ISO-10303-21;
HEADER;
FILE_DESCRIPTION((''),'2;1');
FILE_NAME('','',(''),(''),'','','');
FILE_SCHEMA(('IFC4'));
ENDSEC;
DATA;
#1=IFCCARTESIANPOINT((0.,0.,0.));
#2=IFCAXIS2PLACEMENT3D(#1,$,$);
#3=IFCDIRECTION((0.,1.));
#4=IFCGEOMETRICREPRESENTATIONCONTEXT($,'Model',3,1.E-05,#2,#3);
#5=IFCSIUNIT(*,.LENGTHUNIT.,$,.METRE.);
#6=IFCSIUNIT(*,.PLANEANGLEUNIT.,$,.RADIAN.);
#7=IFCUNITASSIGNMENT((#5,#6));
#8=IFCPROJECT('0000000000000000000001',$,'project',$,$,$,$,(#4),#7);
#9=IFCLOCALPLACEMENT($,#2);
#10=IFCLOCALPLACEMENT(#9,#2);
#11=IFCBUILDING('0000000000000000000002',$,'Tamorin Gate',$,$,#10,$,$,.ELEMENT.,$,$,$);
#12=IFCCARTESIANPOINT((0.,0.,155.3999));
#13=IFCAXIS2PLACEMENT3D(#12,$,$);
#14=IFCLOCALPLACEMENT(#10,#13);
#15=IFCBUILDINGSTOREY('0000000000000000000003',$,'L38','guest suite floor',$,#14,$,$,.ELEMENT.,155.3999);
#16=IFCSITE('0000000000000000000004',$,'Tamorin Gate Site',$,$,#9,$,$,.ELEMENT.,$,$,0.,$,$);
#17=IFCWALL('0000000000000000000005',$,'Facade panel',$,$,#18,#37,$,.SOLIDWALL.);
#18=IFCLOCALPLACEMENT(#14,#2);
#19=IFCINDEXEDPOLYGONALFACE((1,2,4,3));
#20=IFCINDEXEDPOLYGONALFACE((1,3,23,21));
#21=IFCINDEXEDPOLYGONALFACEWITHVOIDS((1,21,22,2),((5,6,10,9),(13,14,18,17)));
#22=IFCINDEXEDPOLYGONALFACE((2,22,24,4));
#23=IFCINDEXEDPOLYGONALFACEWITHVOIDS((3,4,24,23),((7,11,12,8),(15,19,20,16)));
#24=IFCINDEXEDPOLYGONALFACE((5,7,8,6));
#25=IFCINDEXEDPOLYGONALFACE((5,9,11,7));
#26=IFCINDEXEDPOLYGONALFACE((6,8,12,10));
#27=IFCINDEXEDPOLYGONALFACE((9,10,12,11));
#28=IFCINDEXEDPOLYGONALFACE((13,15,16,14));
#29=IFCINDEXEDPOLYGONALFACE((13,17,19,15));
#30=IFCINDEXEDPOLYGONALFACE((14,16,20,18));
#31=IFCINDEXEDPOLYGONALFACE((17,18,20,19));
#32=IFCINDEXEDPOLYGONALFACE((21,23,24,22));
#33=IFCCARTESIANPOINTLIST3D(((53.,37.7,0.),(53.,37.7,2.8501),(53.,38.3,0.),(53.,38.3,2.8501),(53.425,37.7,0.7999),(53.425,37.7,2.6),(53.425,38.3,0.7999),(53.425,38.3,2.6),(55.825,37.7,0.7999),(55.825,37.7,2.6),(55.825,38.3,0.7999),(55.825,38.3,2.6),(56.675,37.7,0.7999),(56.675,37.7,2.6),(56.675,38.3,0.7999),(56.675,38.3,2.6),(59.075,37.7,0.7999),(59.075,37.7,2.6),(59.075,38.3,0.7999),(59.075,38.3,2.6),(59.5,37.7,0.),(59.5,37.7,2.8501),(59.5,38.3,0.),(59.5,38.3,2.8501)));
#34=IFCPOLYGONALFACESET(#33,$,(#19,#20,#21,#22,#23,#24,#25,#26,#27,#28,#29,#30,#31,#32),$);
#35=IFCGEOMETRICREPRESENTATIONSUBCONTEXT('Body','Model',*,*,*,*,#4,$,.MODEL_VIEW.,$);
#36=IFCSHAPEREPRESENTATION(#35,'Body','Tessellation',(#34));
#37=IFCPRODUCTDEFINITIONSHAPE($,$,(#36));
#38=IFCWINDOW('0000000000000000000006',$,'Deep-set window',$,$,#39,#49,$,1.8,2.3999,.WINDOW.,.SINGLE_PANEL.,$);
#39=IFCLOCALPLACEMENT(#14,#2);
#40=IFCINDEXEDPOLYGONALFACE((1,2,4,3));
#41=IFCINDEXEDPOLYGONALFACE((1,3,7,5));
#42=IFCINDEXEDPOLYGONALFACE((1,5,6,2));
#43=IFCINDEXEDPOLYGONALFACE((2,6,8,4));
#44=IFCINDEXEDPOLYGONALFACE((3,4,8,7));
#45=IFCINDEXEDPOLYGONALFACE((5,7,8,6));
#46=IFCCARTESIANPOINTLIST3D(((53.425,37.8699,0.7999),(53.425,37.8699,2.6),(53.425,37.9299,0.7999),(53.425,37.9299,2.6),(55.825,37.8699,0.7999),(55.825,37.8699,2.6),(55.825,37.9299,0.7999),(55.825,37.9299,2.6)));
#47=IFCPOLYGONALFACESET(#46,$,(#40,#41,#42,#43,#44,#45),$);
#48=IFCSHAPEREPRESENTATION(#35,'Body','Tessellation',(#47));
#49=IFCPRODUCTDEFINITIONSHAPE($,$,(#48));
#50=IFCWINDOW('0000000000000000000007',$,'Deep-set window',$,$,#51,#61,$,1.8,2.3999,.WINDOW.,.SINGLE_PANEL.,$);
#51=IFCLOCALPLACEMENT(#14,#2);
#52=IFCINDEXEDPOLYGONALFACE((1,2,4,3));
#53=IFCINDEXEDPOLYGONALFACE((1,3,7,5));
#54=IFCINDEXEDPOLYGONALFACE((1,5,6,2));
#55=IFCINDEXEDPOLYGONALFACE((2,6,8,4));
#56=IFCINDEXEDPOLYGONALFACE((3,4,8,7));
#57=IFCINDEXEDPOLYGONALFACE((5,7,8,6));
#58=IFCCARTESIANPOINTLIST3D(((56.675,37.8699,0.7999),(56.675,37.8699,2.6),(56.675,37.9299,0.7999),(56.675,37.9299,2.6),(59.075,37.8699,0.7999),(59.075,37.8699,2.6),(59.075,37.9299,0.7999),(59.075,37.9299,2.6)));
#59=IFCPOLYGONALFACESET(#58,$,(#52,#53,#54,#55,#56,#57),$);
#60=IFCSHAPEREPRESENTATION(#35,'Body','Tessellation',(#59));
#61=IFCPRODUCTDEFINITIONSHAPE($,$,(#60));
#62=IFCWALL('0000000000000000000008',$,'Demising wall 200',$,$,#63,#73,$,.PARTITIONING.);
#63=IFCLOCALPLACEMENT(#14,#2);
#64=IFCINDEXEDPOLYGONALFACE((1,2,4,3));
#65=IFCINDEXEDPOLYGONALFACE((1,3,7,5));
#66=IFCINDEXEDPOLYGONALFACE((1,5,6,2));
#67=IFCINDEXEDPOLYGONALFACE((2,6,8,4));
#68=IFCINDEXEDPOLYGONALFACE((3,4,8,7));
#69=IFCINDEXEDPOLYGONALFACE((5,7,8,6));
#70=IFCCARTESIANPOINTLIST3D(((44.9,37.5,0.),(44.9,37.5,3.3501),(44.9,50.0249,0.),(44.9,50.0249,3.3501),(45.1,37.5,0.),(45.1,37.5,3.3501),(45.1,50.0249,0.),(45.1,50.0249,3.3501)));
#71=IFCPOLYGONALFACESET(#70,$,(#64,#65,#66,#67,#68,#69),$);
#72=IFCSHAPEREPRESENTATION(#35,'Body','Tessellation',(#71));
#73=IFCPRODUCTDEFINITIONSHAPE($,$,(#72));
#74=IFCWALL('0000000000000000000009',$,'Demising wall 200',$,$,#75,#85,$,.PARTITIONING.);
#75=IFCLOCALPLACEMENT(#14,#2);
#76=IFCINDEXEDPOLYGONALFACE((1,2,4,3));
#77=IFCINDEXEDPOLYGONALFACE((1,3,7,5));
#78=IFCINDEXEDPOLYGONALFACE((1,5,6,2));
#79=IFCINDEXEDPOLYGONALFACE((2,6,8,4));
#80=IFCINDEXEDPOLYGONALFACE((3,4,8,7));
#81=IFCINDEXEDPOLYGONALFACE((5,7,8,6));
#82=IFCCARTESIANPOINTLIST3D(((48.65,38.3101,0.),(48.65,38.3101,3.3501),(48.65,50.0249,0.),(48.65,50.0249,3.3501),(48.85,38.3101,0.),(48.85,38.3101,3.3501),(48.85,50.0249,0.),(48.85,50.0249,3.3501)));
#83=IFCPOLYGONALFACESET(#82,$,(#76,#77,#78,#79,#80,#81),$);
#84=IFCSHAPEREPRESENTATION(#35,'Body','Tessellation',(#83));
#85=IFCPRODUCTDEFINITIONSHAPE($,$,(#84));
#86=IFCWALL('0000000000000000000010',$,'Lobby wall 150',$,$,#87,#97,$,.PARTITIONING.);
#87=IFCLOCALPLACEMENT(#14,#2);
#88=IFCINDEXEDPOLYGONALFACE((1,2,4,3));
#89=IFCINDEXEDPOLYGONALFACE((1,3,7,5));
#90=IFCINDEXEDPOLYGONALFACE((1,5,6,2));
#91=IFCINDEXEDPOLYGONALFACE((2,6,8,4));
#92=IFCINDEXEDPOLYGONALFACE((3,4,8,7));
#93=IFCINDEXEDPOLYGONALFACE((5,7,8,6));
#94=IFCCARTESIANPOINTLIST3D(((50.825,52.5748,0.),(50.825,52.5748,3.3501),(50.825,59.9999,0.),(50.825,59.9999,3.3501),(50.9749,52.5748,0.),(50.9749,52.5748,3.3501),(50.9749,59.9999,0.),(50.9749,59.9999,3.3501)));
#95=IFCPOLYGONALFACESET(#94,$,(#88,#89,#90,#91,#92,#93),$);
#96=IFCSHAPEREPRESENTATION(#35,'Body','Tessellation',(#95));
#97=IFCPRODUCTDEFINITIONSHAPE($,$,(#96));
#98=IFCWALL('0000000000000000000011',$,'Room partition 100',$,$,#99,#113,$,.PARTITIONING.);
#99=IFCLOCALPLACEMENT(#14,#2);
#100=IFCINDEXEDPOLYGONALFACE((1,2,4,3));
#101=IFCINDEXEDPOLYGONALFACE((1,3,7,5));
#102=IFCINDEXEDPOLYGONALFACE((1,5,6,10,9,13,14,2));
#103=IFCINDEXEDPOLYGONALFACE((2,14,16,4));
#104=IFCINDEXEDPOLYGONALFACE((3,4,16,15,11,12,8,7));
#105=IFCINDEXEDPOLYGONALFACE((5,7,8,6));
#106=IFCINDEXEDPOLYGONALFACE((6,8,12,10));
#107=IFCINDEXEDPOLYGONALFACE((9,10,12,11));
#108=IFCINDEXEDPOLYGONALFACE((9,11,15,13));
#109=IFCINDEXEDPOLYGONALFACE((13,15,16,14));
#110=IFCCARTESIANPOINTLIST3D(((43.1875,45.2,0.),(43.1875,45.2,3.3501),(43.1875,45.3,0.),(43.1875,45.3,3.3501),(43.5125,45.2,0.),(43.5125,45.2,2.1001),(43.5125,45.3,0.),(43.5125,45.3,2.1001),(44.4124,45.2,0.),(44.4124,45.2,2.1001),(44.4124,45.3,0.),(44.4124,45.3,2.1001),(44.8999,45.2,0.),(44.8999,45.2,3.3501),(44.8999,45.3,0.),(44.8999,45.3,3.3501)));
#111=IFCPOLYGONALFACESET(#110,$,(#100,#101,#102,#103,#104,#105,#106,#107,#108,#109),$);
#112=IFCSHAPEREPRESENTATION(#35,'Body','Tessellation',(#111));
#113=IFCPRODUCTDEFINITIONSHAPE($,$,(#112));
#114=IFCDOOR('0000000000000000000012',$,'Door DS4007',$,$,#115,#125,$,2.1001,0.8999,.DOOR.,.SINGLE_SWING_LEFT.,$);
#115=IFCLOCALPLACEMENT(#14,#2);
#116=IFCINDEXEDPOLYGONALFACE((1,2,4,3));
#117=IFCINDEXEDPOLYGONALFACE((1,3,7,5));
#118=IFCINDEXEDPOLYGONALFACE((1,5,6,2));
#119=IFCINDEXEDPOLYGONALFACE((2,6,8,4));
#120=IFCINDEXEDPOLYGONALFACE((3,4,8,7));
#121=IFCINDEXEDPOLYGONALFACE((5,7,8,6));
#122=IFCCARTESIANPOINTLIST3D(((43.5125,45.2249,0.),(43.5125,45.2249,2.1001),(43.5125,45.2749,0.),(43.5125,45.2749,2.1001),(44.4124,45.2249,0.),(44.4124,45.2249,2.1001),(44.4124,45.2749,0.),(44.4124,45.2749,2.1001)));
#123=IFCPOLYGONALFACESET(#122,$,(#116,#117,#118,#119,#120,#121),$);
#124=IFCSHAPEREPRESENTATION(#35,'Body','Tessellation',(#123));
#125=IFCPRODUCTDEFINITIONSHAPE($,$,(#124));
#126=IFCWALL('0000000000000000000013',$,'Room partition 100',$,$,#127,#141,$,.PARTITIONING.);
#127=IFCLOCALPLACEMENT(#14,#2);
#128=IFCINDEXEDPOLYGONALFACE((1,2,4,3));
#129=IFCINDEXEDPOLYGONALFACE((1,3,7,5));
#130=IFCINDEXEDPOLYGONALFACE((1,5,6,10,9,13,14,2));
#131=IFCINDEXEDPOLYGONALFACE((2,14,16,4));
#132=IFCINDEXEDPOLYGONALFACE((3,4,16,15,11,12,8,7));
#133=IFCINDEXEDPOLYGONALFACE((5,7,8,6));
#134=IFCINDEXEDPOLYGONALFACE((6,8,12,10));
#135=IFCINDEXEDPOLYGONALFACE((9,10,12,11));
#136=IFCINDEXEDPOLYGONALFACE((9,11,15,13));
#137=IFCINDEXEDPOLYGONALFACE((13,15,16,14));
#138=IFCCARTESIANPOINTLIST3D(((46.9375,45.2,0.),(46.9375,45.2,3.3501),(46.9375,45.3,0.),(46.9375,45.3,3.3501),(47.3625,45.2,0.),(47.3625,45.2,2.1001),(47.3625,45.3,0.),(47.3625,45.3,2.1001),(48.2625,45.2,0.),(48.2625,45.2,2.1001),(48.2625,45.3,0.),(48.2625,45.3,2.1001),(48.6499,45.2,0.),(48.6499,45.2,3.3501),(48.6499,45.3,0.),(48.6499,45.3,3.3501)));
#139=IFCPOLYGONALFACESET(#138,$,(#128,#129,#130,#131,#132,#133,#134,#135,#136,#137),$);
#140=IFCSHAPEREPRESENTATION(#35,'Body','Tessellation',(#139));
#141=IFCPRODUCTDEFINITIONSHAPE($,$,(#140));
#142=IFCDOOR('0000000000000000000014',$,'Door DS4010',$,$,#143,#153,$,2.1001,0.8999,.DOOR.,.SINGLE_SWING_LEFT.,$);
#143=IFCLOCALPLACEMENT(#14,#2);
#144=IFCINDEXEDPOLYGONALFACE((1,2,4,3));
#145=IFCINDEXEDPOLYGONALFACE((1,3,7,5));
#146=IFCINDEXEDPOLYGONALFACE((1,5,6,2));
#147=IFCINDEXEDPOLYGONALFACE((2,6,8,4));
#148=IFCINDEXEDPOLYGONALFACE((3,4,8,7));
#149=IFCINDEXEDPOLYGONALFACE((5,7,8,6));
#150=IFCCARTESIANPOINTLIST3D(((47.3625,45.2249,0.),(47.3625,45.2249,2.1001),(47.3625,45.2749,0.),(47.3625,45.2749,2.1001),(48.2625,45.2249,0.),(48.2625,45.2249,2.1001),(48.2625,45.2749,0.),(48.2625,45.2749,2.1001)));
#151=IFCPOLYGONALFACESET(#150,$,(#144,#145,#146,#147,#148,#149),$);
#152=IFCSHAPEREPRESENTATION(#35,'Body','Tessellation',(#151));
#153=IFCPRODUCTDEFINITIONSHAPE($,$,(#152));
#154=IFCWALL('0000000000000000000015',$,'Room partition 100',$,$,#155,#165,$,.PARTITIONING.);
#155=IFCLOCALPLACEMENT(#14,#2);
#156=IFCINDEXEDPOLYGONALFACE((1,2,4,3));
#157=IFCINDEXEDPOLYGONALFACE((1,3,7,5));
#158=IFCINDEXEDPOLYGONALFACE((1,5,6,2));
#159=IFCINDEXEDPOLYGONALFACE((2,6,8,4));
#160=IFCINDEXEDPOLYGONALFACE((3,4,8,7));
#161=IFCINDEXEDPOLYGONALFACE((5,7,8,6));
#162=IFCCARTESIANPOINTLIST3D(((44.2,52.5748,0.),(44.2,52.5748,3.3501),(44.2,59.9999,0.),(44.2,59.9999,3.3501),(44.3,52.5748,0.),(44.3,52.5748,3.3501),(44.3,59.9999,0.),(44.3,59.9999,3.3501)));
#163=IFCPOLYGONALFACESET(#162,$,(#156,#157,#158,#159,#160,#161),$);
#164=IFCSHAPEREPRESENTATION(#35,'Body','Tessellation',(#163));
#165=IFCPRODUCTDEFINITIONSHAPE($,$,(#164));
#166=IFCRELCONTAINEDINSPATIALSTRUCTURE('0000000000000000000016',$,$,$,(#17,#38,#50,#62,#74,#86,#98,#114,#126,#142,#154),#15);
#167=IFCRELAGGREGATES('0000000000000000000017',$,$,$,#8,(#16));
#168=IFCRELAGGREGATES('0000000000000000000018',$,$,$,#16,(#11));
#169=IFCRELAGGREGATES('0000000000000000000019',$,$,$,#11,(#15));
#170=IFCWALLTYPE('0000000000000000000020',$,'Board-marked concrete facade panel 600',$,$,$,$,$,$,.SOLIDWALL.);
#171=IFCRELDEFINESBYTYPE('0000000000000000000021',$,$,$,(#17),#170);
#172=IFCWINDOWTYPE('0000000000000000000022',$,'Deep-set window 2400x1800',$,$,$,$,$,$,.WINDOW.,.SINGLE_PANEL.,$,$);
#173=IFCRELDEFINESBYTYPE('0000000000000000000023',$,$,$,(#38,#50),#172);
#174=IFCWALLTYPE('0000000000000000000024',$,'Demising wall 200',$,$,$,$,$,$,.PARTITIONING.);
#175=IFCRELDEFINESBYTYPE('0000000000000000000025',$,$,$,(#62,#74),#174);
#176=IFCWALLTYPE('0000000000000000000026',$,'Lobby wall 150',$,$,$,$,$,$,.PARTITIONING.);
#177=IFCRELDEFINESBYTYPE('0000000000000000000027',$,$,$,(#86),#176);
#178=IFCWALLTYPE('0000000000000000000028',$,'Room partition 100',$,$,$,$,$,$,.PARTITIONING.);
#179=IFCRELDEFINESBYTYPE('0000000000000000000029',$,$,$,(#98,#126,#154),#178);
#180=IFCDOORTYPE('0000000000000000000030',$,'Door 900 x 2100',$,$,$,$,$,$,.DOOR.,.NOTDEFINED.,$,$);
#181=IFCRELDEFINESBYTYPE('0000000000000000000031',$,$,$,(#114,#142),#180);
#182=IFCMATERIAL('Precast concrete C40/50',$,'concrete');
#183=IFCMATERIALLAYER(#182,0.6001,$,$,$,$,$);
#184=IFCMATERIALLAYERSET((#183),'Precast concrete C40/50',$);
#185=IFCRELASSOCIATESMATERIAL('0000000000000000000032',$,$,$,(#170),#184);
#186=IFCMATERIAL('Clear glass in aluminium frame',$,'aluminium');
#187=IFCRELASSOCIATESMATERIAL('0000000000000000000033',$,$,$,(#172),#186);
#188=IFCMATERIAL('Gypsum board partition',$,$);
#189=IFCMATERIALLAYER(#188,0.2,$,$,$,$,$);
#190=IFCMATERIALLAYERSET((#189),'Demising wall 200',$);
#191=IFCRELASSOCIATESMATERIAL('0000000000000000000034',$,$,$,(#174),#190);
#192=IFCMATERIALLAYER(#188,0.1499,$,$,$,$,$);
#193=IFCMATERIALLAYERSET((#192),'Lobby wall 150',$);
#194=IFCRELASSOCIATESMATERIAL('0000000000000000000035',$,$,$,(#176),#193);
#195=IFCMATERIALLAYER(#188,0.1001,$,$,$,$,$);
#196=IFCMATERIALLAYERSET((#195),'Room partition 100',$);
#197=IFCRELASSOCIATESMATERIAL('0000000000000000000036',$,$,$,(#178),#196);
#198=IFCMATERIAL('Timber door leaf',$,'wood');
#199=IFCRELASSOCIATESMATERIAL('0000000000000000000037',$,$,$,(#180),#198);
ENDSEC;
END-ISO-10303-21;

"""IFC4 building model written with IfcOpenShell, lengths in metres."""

from ifc_helpers import new_model, si_unit, direction, frame, frame_2d, origin, place, context, subcontext, project, spatial, rectangle, extrude, material, layer, layer_set, type_object, element, fill, save


model = new_model("IFC4")

# Units and contexts
model_context = context("Model", 3, precision=1e-05, world=origin(), true_north=direction((0.0, 1.0)))
body_context = subcontext(model_context, "Body", "Model", "MODEL_VIEW")
ifc_project = project(units=[si_unit("LENGTHUNIT", "METRE"), si_unit("PLANEANGLEUNIT", "RADIAN")], contexts=[model_context])

# Site, building, storey
site_placement = place(None, origin())
site = spatial("IfcSite", under=ifc_project, at=site_placement, Name="Tamorin Gate Site", CompositionType="ELEMENT", RefElevation=0.0)
building_placement = place(site_placement, origin())
building = spatial("IfcBuilding", under=site, at=building_placement, Name="Tamorin Gate", CompositionType="ELEMENT")
storey_placement = place(building_placement, frame((0.0, 0.0, 155.3999)))
storey = spatial("IfcBuildingStorey", under=building, at=storey_placement, Name="L38", Description="guest suite floor", CompositionType="ELEMENT", Elevation=155.3999)

# Wall, openings, windows
ifc_material_1 = material(Name="Precast concrete C40/50", Category="concrete")
ifc_layer_1 = layer(ifc_material_1, 0.6001)
ifc_layer_set_1 = layer_set([ifc_layer_1], Name="Precast concrete C40/50")
wall_type_1 = type_object("IfcWallType", Name="Board-marked concrete facade panel 600", PredefinedType="SOLIDWALL", material=ifc_layer_set_1)
ifc_material_2 = material(Name="Clear glass in aluminium frame", Category="aluminium")
window_type = type_object("IfcWindowType", Name="Deep-set window 2400x1800", PartitioningType="SINGLE_PANEL", PredefinedType="WINDOW", material=ifc_material_2)
wall_1_placement = place(storey_placement, frame((53.0, 38.0, 0.0), z_axis=(0.0, 0.0, 1.0), x_axis=(1.0, 0.0, 0.0)))
wall_1 = element("IfcWall", 1, at=wall_1_placement, inside=storey, type_object=wall_type_1, Name="Facade panel", PredefinedType="SOLIDWALL", context=body_context, shape_type="SweptSolid", body=[
    extrude(rectangle(XDim=6.5, YDim=0.6001, at=frame_2d((3.25, 0.0))), origin(), (0.0, 0.0, 1.0), 2.8501),
])
opening_1_placement = place(wall_1_placement, frame((0.425, 0.0, 0.8)))
opening_1 = element("IfcOpeningElement", 2, at=opening_1_placement, cuts=wall_1, PredefinedType="OPENING", context=body_context, shape_type="SweptSolid", body=[
    extrude(rectangle(XDim=2.3999, YDim=1.8, at=frame_2d((1.2, 0.8999))), frame((0.0, 0.3101, 0.0), z_axis=(0.0, -1.0, 0.0), x_axis=(1.0, 0.0, 0.0)), (0.0, 0.0, 1.0), 0.6201),
])
opening_2_placement = place(wall_1_placement, frame((3.675, 0.0, 0.8)))
opening_2 = element("IfcOpeningElement", 3, at=opening_2_placement, cuts=wall_1, PredefinedType="OPENING", context=body_context, shape_type="SweptSolid", body=[
    extrude(rectangle(XDim=2.3999, YDim=1.8, at=frame_2d((1.2, 0.8999))), frame((0.0, 0.3101, 0.0), z_axis=(0.0, -1.0, 0.0), x_axis=(1.0, 0.0, 0.0)), (0.0, 0.0, 1.0), 0.6201),
])
window_1_placement = place(opening_1_placement, origin())
window_1 = element("IfcWindow", 4, at=window_1_placement, inside=storey, type_object=window_type, Name="Deep-set window", OverallHeight=1.8, OverallWidth=2.3999, PartitioningType="SINGLE_PANEL", PredefinedType="WINDOW", context=body_context, shape_type="SweptSolid", body=[
    extrude(rectangle(XDim=2.3999, YDim=1.8, at=frame_2d((1.2, 0.8999))), frame((0.0, -0.0701, 0.0), z_axis=(0.0, -1.0, 0.0), x_axis=(1.0, 0.0, 0.0)), (0.0, 0.0, 1.0), 0.0601),
])
fill(opening_1, window_1)
window_2_placement = place(opening_2_placement, origin())
window_2 = element("IfcWindow", 5, at=window_2_placement, inside=storey, type_object=window_type, Name="Deep-set window", OverallHeight=1.8, OverallWidth=2.3999, PartitioningType="SINGLE_PANEL", PredefinedType="WINDOW", context=body_context, shape_type="SweptSolid", body=[
    extrude(rectangle(XDim=2.3999, YDim=1.8, at=frame_2d((1.2, 0.8999))), frame((0.0, -0.0701, 0.0), z_axis=(0.0, -1.0, 0.0), x_axis=(1.0, 0.0, 0.0)), (0.0, 0.0, 1.0), 0.0601),
])
fill(opening_2, window_2)

# Walls
ifc_material_3 = material(Name="Gypsum board partition")
ifc_layer_2 = layer(ifc_material_3, 0.2)
ifc_layer_set_2 = layer_set([ifc_layer_2], Name="Demising wall 200")
wall_type_2 = type_object("IfcWallType", Name="Demising wall 200", PredefinedType="PARTITIONING", material=ifc_layer_set_2)
wall_2_placement = place(storey_placement, frame((45.0, 37.5, 0.0), z_axis=(0.0, 0.0, 1.0), x_axis=(0.0, 1.0, 0.0)))
element("IfcWall", 6, at=wall_2_placement, inside=storey, type_object=wall_type_2, Name="Demising wall 200", PredefinedType="PARTITIONING", context=body_context, shape_type="SweptSolid", body=[
    extrude(rectangle(XDim=12.5249, YDim=0.2, at=frame_2d((6.2625, 0.0))), origin(), (0.0, 0.0, 1.0), 3.3501),
])
wall_3_placement = place(storey_placement, frame((48.75, 38.3101, 0.0), z_axis=(0.0, 0.0, 1.0), x_axis=(0.0, 1.0, 0.0)))
element("IfcWall", 7, at=wall_3_placement, inside=storey, type_object=wall_type_2, Name="Demising wall 200", PredefinedType="PARTITIONING", context=body_context, shape_type="SweptSolid", body=[
    extrude(rectangle(XDim=11.7148, YDim=0.2, at=frame_2d((5.8574, 0.0))), origin(), (0.0, 0.0, 1.0), 3.3501),
])
ifc_layer_3 = layer(ifc_material_3, 0.1499)
ifc_layer_set_3 = layer_set([ifc_layer_3], Name="Lobby wall 150")
wall_type_3 = type_object("IfcWallType", Name="Lobby wall 150", PredefinedType="PARTITIONING", material=ifc_layer_set_3)
wall_4_placement = place(storey_placement, frame((50.8999, 52.575, 0.0), z_axis=(0.0, 0.0, 1.0), x_axis=(0.0, 1.0, 0.0)))
element("IfcWall", 8, at=wall_4_placement, inside=storey, type_object=wall_type_3, Name="Lobby wall 150", PredefinedType="PARTITIONING", context=body_context, shape_type="SweptSolid", body=[
    extrude(rectangle(XDim=7.425, YDim=0.1499, at=frame_2d((3.7124, 0.0))), origin(), (0.0, 0.0, 1.0), 3.3501),
])

# Walls, openings, doors
ifc_layer_4 = layer(ifc_material_3, 0.1001)
ifc_layer_set_4 = layer_set([ifc_layer_4], Name="Room partition 100")
wall_type_4 = type_object("IfcWallType", Name="Room partition 100", PredefinedType="PARTITIONING", material=ifc_layer_set_4)
wall_5_placement = place(storey_placement, frame((43.1875, 45.25, 0.0), z_axis=(0.0, 0.0, 1.0), x_axis=(1.0, 0.0, 0.0)))
wall_5 = element("IfcWall", 9, at=wall_5_placement, inside=storey, type_object=wall_type_4, Name="Room partition 100", PredefinedType="PARTITIONING", context=body_context, shape_type="SweptSolid", body=[
    extrude(rectangle(XDim=1.7124, YDim=0.1001, at=frame_2d((0.8562, 0.0))), origin(), (0.0, 0.0, 1.0), 3.3501),
])
opening_3_placement = place(wall_5_placement, frame((0.325, 0.0, 0.0)))
opening_3 = element("IfcOpeningElement", 10, at=opening_3_placement, cuts=wall_5, PredefinedType="OPENING", context=body_context, shape_type="SweptSolid", body=[
    extrude(rectangle(XDim=0.8999, YDim=2.1001, at=frame_2d((0.45, 1.05))), frame((0.0, 0.0601, 0.0), z_axis=(0.0, -1.0, 0.0), x_axis=(1.0, 0.0, 0.0)), (0.0, 0.0, 1.0), 0.1201),
])
ifc_material_4 = material(Name="Timber door leaf", Category="wood")
door_type_1 = type_object("IfcDoorType", Name="Door 900 x 2100", OperationType="NOTDEFINED", PredefinedType="DOOR", material=ifc_material_4)
door_1_placement = place(opening_3_placement, origin())
door_1 = element("IfcDoor", 11, at=door_1_placement, inside=storey, type_object=door_type_1, Name="Door DS4007", OperationType="SINGLE_SWING_LEFT", OverallHeight=2.1001, OverallWidth=0.8999, PredefinedType="DOOR", context=body_context, shape_type="SweptSolid", body=[
    extrude(rectangle(XDim=0.8999, YDim=2.1001, at=frame_2d((0.45, 1.05))), frame((0.0, 0.0249, 0.0), z_axis=(0.0, -1.0, 0.0), x_axis=(1.0, 0.0, 0.0)), (0.0, 0.0, 1.0), 0.05),
])
fill(opening_3, door_1)
wall_6_placement = place(storey_placement, frame((46.9375, 45.25, 0.0), z_axis=(0.0, 0.0, 1.0), x_axis=(1.0, 0.0, 0.0)))
wall_6 = element("IfcWall", 12, at=wall_6_placement, inside=storey, type_object=wall_type_4, Name="Room partition 100", PredefinedType="PARTITIONING", context=body_context, shape_type="SweptSolid", body=[
    extrude(rectangle(XDim=1.7124, YDim=0.1001, at=frame_2d((0.8562, 0.0))), origin(), (0.0, 0.0, 1.0), 3.3501),
])
opening_4_placement = place(wall_6_placement, frame((0.425, 0.0, 0.0)))
opening_4 = element("IfcOpeningElement", 13, at=opening_4_placement, cuts=wall_6, PredefinedType="OPENING", context=body_context, shape_type="SweptSolid", body=[
    extrude(rectangle(XDim=0.8999, YDim=2.1001, at=frame_2d((0.45, 1.05))), frame((0.0, 0.0601, 0.0), z_axis=(0.0, -1.0, 0.0), x_axis=(1.0, 0.0, 0.0)), (0.0, 0.0, 1.0), 0.1201),
])
door_2_placement = place(opening_4_placement, origin())
door_2 = element("IfcDoor", 14, at=door_2_placement, inside=storey, type_object=door_type_1, Name="Door DS4010", OperationType="SINGLE_SWING_LEFT", OverallHeight=2.1001, OverallWidth=0.8999, PredefinedType="DOOR", context=body_context, shape_type="SweptSolid", body=[
    extrude(rectangle(XDim=0.8999, YDim=2.1001, at=frame_2d((0.45, 1.05))), frame((0.0, 0.0249, 0.0), z_axis=(0.0, -1.0, 0.0), x_axis=(1.0, 0.0, 0.0)), (0.0, 0.0, 1.0), 0.05),
])
fill(opening_4, door_2)

# Wall
for number, where, z_axis, x_axis, name in (
    (15, (44.25, 52.575, 0.0), (0.0, 0.0, 1.0), (0.0, 1.0, 0.0), "Room partition 100"),
):
    element("IfcWall", number, at=place(storey_placement, frame(where, z_axis=z_axis, x_axis=x_axis)), inside=storey, type_object=wall_type_4, Name=name, PredefinedType="PARTITIONING", context=body_context, shape_type="SweptSolid", body=[
        extrude(rectangle(XDim=7.425, YDim=0.1001, at=frame_2d((3.7124, 0.0))), origin(), (0.0, 0.0, 1.0), 3.3501),
    ])

save(model, "model.ifc")
